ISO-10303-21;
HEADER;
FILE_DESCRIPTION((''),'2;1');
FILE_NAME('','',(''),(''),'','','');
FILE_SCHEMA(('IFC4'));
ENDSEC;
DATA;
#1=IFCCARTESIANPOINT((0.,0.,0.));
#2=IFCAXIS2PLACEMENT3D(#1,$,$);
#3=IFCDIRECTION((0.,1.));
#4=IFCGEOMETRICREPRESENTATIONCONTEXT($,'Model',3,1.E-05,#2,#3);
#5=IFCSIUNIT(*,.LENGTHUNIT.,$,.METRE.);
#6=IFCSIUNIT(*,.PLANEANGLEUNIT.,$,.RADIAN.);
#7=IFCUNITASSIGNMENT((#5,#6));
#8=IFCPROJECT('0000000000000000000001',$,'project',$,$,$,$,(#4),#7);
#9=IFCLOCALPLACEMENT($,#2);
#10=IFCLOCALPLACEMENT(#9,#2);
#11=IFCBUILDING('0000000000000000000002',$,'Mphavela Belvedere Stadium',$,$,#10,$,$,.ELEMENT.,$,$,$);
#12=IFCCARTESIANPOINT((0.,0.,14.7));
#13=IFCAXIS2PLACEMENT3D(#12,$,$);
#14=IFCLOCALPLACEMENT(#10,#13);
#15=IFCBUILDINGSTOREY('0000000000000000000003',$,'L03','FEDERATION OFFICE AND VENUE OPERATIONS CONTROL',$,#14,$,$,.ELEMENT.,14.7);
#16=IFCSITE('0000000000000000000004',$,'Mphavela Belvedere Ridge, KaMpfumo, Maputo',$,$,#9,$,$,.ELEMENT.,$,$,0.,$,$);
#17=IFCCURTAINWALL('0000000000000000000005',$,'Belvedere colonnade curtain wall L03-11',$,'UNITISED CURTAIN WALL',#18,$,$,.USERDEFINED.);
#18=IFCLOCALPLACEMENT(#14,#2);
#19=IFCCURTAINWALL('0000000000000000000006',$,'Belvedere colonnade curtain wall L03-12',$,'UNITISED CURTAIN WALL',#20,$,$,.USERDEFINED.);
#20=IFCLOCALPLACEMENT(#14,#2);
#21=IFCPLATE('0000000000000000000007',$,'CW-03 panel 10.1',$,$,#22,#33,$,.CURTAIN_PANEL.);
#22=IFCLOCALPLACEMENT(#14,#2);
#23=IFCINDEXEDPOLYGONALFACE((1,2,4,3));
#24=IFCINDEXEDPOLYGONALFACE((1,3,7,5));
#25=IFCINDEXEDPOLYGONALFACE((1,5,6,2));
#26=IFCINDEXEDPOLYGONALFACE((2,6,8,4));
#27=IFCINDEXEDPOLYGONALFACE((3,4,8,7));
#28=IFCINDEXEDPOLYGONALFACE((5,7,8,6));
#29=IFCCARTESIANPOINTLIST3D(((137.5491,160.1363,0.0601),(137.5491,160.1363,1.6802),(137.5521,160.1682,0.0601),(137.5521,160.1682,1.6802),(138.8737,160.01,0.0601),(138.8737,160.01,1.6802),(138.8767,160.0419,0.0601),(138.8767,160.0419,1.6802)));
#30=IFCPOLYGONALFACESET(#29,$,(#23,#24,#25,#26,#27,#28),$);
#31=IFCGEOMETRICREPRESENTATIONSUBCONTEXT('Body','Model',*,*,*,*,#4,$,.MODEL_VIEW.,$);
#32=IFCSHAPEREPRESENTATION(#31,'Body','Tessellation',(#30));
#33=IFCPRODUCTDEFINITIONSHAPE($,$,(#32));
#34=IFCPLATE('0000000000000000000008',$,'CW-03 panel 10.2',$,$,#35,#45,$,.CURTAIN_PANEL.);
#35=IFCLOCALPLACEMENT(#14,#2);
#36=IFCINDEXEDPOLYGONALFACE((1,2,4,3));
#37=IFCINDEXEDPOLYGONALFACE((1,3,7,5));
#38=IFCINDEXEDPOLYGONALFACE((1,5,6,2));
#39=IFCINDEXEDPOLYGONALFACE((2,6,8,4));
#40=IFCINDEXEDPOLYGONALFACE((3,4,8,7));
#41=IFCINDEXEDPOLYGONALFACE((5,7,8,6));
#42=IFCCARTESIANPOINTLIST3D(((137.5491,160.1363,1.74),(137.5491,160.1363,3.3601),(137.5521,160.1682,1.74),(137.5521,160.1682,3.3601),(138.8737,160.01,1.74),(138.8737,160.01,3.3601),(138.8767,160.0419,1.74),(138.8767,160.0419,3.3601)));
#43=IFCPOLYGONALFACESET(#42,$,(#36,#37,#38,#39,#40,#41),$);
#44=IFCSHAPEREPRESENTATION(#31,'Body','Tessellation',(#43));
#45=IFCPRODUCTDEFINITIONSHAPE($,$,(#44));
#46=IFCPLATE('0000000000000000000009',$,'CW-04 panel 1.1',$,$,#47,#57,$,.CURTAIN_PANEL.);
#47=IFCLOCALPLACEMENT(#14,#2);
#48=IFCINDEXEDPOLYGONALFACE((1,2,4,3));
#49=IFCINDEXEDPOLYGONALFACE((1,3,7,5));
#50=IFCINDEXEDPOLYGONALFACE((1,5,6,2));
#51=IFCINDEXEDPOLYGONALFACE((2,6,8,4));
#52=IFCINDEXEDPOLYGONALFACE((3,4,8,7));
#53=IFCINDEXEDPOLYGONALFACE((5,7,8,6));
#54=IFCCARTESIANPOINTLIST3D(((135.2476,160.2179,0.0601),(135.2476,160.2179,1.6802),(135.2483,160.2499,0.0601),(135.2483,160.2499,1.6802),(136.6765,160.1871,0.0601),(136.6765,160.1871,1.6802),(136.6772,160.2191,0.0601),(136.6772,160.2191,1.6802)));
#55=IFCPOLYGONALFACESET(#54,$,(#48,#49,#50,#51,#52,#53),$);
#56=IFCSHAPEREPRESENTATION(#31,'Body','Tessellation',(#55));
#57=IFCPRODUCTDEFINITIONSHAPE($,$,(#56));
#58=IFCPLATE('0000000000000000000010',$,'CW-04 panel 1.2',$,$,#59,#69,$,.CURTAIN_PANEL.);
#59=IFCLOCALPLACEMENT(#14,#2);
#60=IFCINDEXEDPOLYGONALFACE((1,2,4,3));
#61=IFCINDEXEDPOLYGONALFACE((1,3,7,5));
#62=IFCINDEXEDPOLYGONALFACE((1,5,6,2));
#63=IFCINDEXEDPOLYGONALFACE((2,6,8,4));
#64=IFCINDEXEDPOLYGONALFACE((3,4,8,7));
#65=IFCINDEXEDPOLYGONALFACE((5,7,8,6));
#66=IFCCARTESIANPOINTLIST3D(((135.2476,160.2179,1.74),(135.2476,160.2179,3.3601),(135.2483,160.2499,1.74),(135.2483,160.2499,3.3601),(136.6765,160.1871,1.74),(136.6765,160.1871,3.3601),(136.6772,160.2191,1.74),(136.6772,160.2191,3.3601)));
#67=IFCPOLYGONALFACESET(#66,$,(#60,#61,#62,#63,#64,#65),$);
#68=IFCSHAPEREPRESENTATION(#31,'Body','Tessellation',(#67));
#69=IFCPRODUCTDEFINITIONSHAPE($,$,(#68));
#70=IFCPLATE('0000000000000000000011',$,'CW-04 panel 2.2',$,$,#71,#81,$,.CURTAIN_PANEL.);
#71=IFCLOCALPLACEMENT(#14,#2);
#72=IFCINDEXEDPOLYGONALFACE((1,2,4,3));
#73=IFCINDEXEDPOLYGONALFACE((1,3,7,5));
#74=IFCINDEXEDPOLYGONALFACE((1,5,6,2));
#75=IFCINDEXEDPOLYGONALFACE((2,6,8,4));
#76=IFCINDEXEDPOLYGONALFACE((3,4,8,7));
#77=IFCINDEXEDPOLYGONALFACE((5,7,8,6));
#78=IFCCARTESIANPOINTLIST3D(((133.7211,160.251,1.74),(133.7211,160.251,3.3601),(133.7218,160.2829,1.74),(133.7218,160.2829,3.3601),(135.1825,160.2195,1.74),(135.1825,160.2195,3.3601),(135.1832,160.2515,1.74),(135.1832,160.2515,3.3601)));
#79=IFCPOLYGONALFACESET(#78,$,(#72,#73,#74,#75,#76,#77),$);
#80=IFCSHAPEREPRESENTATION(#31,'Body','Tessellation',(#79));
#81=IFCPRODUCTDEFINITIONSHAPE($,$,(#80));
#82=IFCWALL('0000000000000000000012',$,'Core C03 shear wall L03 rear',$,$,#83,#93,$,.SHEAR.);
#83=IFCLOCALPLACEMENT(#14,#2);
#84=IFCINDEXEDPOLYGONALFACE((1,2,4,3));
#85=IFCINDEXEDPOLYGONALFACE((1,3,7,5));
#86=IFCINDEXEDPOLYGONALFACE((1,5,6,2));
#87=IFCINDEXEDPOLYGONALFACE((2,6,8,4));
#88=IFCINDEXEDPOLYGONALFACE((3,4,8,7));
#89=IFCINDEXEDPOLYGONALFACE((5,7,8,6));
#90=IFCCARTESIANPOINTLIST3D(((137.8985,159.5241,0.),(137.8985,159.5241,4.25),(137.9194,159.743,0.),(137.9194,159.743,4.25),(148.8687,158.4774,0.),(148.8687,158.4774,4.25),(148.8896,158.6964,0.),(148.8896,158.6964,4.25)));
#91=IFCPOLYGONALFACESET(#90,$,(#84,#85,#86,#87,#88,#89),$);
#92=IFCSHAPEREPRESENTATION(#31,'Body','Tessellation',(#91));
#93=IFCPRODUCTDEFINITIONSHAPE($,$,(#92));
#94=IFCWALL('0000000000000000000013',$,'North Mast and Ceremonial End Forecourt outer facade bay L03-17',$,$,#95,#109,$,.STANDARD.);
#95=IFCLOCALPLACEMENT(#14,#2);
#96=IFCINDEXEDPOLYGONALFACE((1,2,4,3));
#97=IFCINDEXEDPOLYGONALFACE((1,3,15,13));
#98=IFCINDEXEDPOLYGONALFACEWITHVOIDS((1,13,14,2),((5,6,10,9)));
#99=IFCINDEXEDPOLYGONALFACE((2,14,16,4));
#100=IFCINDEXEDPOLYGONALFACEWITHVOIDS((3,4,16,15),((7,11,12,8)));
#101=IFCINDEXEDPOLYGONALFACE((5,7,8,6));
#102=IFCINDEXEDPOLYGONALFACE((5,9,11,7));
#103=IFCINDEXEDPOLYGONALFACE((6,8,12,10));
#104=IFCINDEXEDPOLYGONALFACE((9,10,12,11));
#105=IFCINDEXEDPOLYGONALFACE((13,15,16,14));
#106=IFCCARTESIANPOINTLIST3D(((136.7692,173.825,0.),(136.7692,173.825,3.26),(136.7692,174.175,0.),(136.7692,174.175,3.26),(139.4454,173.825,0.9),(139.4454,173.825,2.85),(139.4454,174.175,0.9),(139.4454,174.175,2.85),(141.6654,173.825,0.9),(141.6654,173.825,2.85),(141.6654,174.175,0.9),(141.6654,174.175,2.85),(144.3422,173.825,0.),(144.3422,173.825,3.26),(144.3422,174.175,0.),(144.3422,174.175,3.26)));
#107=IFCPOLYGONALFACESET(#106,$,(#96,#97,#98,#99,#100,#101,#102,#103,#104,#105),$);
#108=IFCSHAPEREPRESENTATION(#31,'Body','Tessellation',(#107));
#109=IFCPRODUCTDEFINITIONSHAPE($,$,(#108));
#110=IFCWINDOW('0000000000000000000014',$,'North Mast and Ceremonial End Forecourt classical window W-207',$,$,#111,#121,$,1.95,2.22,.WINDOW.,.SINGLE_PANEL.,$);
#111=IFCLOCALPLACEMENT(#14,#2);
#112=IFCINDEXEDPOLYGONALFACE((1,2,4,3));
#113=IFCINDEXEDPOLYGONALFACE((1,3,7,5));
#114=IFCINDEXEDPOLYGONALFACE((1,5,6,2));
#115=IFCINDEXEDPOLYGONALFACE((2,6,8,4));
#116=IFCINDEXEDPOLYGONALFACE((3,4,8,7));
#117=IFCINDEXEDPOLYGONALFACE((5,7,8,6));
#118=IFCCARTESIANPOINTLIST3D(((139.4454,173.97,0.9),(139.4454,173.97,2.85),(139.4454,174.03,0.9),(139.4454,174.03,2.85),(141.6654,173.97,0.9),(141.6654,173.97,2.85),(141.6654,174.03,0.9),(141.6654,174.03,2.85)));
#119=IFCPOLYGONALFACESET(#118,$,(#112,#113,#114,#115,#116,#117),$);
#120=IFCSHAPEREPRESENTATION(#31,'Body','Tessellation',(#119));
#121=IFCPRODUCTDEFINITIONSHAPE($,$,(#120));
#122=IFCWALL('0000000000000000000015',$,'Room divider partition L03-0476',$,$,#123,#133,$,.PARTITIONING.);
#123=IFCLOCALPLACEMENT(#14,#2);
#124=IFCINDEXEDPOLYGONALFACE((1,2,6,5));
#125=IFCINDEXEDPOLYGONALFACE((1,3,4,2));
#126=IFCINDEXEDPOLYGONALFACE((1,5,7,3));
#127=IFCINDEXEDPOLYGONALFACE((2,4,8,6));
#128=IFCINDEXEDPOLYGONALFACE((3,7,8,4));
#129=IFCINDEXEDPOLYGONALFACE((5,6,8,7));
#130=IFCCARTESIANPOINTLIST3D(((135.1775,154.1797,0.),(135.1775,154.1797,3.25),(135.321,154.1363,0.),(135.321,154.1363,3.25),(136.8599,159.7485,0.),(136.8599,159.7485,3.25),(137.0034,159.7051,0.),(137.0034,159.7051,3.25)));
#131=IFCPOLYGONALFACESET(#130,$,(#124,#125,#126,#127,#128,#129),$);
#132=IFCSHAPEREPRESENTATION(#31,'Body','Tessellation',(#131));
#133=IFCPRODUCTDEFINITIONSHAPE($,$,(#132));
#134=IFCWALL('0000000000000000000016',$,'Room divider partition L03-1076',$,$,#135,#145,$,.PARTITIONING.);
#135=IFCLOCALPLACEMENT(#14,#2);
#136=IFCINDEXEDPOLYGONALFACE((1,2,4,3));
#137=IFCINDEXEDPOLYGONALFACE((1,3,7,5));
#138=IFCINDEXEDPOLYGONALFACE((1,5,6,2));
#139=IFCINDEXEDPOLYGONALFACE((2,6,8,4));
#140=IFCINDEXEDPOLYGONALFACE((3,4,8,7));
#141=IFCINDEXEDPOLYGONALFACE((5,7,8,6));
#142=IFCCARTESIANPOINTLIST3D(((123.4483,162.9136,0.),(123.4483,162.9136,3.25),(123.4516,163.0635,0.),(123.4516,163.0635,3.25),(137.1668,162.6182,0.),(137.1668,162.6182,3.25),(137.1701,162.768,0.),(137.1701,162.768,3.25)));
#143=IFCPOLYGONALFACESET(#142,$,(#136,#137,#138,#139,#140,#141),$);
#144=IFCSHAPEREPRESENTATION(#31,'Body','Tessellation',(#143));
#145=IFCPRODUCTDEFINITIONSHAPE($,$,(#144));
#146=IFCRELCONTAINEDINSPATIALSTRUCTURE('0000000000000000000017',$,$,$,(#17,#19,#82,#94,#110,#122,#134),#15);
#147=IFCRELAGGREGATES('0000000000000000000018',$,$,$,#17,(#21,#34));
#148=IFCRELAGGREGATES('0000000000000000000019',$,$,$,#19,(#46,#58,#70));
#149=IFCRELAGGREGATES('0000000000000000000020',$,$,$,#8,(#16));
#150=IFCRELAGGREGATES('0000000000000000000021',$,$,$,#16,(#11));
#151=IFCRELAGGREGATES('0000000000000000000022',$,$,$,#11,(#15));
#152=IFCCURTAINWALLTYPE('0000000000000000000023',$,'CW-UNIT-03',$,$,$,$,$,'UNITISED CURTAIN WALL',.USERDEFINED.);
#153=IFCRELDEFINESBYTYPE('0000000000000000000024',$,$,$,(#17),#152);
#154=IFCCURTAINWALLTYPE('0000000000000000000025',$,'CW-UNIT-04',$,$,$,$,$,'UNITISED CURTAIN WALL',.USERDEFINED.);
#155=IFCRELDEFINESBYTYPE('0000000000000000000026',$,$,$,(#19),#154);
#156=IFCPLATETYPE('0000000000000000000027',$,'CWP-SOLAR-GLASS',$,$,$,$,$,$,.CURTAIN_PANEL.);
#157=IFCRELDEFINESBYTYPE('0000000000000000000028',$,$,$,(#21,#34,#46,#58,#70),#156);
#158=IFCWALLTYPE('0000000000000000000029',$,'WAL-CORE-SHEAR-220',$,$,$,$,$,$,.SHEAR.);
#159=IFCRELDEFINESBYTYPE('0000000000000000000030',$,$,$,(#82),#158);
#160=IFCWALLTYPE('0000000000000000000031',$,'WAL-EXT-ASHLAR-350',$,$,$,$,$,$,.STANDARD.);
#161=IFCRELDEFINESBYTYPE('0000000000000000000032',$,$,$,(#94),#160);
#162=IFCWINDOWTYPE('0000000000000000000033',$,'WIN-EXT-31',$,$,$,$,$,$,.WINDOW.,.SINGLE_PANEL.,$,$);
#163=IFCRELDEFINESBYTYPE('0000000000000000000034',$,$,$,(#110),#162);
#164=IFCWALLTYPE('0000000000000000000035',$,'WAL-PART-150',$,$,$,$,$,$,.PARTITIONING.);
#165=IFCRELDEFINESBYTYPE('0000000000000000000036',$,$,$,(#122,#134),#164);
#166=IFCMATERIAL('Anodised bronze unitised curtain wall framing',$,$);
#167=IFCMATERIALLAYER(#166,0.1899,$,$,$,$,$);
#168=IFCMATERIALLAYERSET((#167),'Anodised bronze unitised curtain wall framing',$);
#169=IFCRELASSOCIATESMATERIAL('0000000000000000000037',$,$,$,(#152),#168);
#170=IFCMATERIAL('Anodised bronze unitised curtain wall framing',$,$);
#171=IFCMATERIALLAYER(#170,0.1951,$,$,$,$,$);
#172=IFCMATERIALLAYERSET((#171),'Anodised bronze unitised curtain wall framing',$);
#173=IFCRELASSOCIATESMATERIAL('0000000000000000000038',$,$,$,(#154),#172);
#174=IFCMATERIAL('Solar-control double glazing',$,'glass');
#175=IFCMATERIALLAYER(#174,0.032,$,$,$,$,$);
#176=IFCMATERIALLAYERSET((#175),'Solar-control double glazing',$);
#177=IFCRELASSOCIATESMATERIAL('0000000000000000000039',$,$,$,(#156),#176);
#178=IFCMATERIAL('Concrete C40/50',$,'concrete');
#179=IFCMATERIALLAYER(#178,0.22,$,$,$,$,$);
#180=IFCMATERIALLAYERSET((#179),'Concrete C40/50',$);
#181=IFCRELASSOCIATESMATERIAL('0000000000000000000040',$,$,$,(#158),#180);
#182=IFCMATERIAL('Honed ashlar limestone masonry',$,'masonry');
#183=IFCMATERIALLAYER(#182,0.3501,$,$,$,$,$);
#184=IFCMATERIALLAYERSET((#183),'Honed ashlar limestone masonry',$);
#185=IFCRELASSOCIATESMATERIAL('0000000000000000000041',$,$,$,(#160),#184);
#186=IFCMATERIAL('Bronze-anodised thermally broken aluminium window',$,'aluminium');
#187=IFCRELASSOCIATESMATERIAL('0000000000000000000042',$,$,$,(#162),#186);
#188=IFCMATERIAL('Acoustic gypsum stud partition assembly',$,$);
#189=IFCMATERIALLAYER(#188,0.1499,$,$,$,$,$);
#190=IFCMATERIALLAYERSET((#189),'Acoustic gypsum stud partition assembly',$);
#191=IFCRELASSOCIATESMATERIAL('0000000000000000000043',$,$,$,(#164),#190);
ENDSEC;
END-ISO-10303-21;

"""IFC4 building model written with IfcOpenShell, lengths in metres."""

from ifc_helpers import new_model, si_unit, direction, frame, frame_2d, origin, origin_2d, place, context, subcontext, project, spatial, rectangle, extrude, material, layer, layer_set, type_object, element, fill, aggregate, save


model = new_model("IFC4")

# Units and contexts
model_context = context("Model", 3, precision=1e-05, world=origin(), true_north=direction((0.0, 1.0)))
body_context = subcontext(model_context, "Body", "Model", "MODEL_VIEW")
ifc_project = project(units=[si_unit("LENGTHUNIT", "METRE"), si_unit("PLANEANGLEUNIT", "RADIAN")], contexts=[model_context])

# Site, building, storey
site_placement = place(None, origin())
site = spatial("IfcSite", under=ifc_project, at=site_placement, Name="Mphavela Belvedere Ridge, KaMpfumo, Maputo", CompositionType="ELEMENT", RefElevation=0.0)
building_placement = place(site_placement, origin())
building = spatial("IfcBuilding", under=site, at=building_placement, Name="Mphavela Belvedere Stadium", CompositionType="ELEMENT")
storey_placement = place(building_placement, frame((0.0, 0.0, 14.7)))
storey = spatial("IfcBuildingStorey", under=building, at=storey_placement, Name="L03", Description="FEDERATION OFFICE AND VENUE OPERATIONS CONTROL", CompositionType="ELEMENT", Elevation=14.7)

# Curtain walls
ifc_material_1 = material(Name="Anodised bronze unitised curtain wall framing")
ifc_layer_1 = layer(ifc_material_1, 0.1899)
ifc_layer_set_1 = layer_set([ifc_layer_1], Name="Anodised bronze unitised curtain wall framing")
curtain_wall_type_1 = type_object("IfcCurtainWallType", Name="CW-UNIT-03", ElementType="UNITISED CURTAIN WALL", PredefinedType="USERDEFINED", material=ifc_layer_set_1)
curtain_wall_1_placement = place(storey_placement, origin())
curtain_wall_1 = element("IfcCurtainWall", 1, at=curtain_wall_1_placement, inside=storey, type_object=curtain_wall_type_1, Name="Belvedere colonnade curtain wall L03-11", ObjectType="UNITISED CURTAIN WALL", PredefinedType="USERDEFINED")
ifc_material_2 = material(Name="Anodised bronze unitised curtain wall framing")
ifc_layer_2 = layer(ifc_material_2, 0.1951)
ifc_layer_set_2 = layer_set([ifc_layer_2], Name="Anodised bronze unitised curtain wall framing")
curtain_wall_type_2 = type_object("IfcCurtainWallType", Name="CW-UNIT-04", ElementType="UNITISED CURTAIN WALL", PredefinedType="USERDEFINED", material=ifc_layer_set_2)
curtain_wall_2_placement = place(storey_placement, origin())
curtain_wall_2 = element("IfcCurtainWall", 2, at=curtain_wall_2_placement, inside=storey, type_object=curtain_wall_type_2, Name="Belvedere colonnade curtain wall L03-12", ObjectType="UNITISED CURTAIN WALL", PredefinedType="USERDEFINED")

# Plates
ifc_material_3 = material(Name="Solar-control double glazing", Category="glass")
ifc_layer_3 = layer(ifc_material_3, 0.032)
ifc_layer_set_3 = layer_set([ifc_layer_3], Name="Solar-control double glazing")
plate_type = type_object("IfcPlateType", Name="CWP-SOLAR-GLASS", PredefinedType="CURTAIN_PANEL", material=ifc_layer_set_3)
plate_1_placement = place(storey_placement, frame((138.2129, 160.0891, 0.0601), z_axis=(0.0, 0.0, 1.0), x_axis=(-0.995484, 0.094929, 0.0)))
plate_1 = element("IfcPlate", 3, at=plate_1_placement, type_object=plate_type, Name="CW-03 panel 10.1", PredefinedType="CURTAIN_PANEL", context=body_context, shape_type="SweptSolid", body=[
    extrude(rectangle(XDim=1.3306, YDim=0.032, at=origin_2d()), origin(), (0.0, 0.0, 1.0), 1.6201),
])
plate_2_placement = place(storey_placement, frame((138.2129, 160.0891, 1.74), z_axis=(0.0, 0.0, 1.0), x_axis=(-0.995484, 0.094929, 0.0)))
plate_2 = element("IfcPlate", 4, at=plate_2_placement, type_object=plate_type, Name="CW-03 panel 10.2", PredefinedType="CURTAIN_PANEL", context=body_context, shape_type="SweptSolid", body=[
    extrude(rectangle(XDim=1.3306, YDim=0.032, at=origin_2d()), origin(), (0.0, 0.0, 1.0), 1.6201),
])
aggregate(curtain_wall_1, [plate_1, plate_2])
plate_3_placement = place(storey_placement, frame((135.9624, 160.2185, 0.0601), z_axis=(0.0, 0.0, 1.0), x_axis=(-0.999768, 0.021531, 0.0)))
plate_3 = element("IfcPlate", 5, at=plate_3_placement, type_object=plate_type, Name="CW-04 panel 1.1", PredefinedType="CURTAIN_PANEL", context=body_context, shape_type="SweptSolid", body=[
    extrude(rectangle(XDim=1.4292, YDim=0.032, at=origin_2d()), origin(), (0.0, 0.0, 1.0), 1.6201),
])
plate_4_placement = place(storey_placement, frame((135.9624, 160.2185, 1.74), z_axis=(0.0, 0.0, 1.0), x_axis=(-0.999768, 0.021531, 0.0)))
plate_4 = element("IfcPlate", 6, at=plate_4_placement, type_object=plate_type, Name="CW-04 panel 1.2", PredefinedType="CURTAIN_PANEL", context=body_context, shape_type="SweptSolid", body=[
    extrude(rectangle(XDim=1.4292, YDim=0.032, at=origin_2d()), origin(), (0.0, 0.0, 1.0), 1.6201),
])
plate_5_placement = place(storey_placement, frame((134.4521, 160.2512, 1.74), z_axis=(0.0, 0.0, 1.0), x_axis=(-0.999768, 0.021531, 0.0)))
plate_5 = element("IfcPlate", 7, at=plate_5_placement, type_object=plate_type, Name="CW-04 panel 2.2", PredefinedType="CURTAIN_PANEL", context=body_context, shape_type="SweptSolid", body=[
    extrude(rectangle(XDim=1.4617, YDim=0.032, at=origin_2d()), origin(), (0.0, 0.0, 1.0), 1.6201),
])
aggregate(curtain_wall_2, [plate_3, plate_4, plate_5])

# Wall
ifc_material_4 = material(Name="Concrete C40/50", Category="concrete")
ifc_layer_4 = layer(ifc_material_4, 0.22)
ifc_layer_set_4 = layer_set([ifc_layer_4], Name="Concrete C40/50")
wall_type_1 = type_object("IfcWallType", Name="WAL-CORE-SHEAR-220", PredefinedType="SHEAR", material=ifc_layer_set_4)
wall_1_placement = place(storey_placement, frame((137.9089, 159.6335, 0.0), z_axis=(0.0, 0.0, 1.0), x_axis=(0.99548, -0.094975, 0.0)))
element("IfcWall", 8, at=wall_1_placement, inside=storey, type_object=wall_type_1, Name="Core C03 shear wall L03 rear", PredefinedType="SHEAR", context=body_context, shape_type="SweptSolid", body=[
    extrude(rectangle(XDim=11.02, YDim=0.22, at=frame_2d((5.51, 0.0))), origin(), (0.0, 0.0, 1.0), 4.25),
])

# Wall, opening, window
ifc_material_5 = material(Name="Honed ashlar limestone masonry", Category="masonry")
ifc_layer_5 = layer(ifc_material_5, 0.3501)
ifc_layer_set_5 = layer_set([ifc_layer_5], Name="Honed ashlar limestone masonry")
wall_type_2 = type_object("IfcWallType", Name="WAL-EXT-ASHLAR-350", PredefinedType="STANDARD", material=ifc_layer_set_5)
wall_2_placement = place(storey_placement, frame((136.769, 174.0, 0.0), z_axis=(0.0, 0.0, 1.0), x_axis=(1.0, 0.0, 0.0)))
wall_2 = element("IfcWall", 9, at=wall_2_placement, inside=storey, type_object=wall_type_2, Name="North Mast and Ceremonial End Forecourt outer facade bay L03-17", PredefinedType="STANDARD", context=body_context, shape_type="SweptSolid", body=[
    extrude(rectangle(XDim=7.573, YDim=0.3501, at=frame_2d((3.7866, 0.0))), origin(), (0.0, 0.0, 1.0), 3.26),
])
opening_placement = place(wall_2_placement, frame((2.6765, 0.0, 0.8999)))
opening = element("IfcOpeningElement", 10, at=opening_placement, cuts=wall_2, PredefinedType="OPENING", context=body_context, shape_type="SweptSolid", body=[
    extrude(rectangle(XDim=2.22, YDim=1.95, at=frame_2d((1.1099, 0.9751))), frame((0.0, 0.1851, 0.0), z_axis=(0.0, -1.0, 0.0), x_axis=(1.0, 0.0, 0.0)), (0.0, 0.0, 1.0), 0.3701),
])
ifc_material_6 = material(Name="Bronze-anodised thermally broken aluminium window", Category="aluminium")
window_type = type_object("IfcWindowType", Name="WIN-EXT-31", PartitioningType="SINGLE_PANEL", PredefinedType="WINDOW", material=ifc_material_6)
window_placement = place(opening_placement, origin())
window = element("IfcWindow", 11, at=window_placement, inside=storey, type_object=window_type, Name="North Mast and Ceremonial End Forecourt classical window W-207", OverallHeight=1.95, OverallWidth=2.22, PartitioningType="SINGLE_PANEL", PredefinedType="WINDOW", context=body_context, shape_type="SweptSolid", body=[
    extrude(rectangle(XDim=2.22, YDim=1.95, at=frame_2d((1.1099, 0.9751))), frame((0.0, 0.03, 0.0), z_axis=(0.0, -1.0, 0.0), x_axis=(1.0, 0.0, 0.0)), (0.0, 0.0, 1.0), 0.0601),
])
fill(opening, window)

# Walls
ifc_material_7 = material(Name="Acoustic gypsum stud partition assembly")
ifc_layer_6 = layer(ifc_material_7, 0.1499)
ifc_layer_set_6 = layer_set([ifc_layer_6], Name="Acoustic gypsum stud partition assembly")
wall_type_3 = type_object("IfcWallType", Name="WAL-PART-150", PredefinedType="PARTITIONING", material=ifc_layer_set_6)
wall_3_placement = place(storey_placement, frame((136.9316, 159.7268, 0.0), z_axis=(0.0, 0.0, 1.0), x_axis=(-0.289195, -0.95727, 0.0)))
element("IfcWall", 12, at=wall_3_placement, inside=storey, type_object=wall_type_3, Name="Room divider partition L03-0476", PredefinedType="PARTITIONING", context=body_context, shape_type="SweptSolid", body=[
    extrude(rectangle(XDim=5.8174, YDim=0.1499, at=frame_2d((2.9087, 0.0))), origin(), (0.0, 0.0, 1.0), 3.25),
])
wall_4_placement = place(storey_placement, frame((137.1685, 162.6931, 0.0), z_axis=(0.0, 0.0, 1.0), x_axis=(-0.999768, 0.021529, 0.0)))
element("IfcWall", 13, at=wall_4_placement, inside=storey, type_object=wall_type_3, Name="Room divider partition L03-1076", PredefinedType="PARTITIONING", context=body_context, shape_type="SweptSolid", body=[
    extrude(rectangle(XDim=13.7217, YDim=0.1499, at=frame_2d((6.8608, 0.0))), origin(), (0.0, 0.0, 1.0), 3.25),
])

save(model, "model.ifc")
